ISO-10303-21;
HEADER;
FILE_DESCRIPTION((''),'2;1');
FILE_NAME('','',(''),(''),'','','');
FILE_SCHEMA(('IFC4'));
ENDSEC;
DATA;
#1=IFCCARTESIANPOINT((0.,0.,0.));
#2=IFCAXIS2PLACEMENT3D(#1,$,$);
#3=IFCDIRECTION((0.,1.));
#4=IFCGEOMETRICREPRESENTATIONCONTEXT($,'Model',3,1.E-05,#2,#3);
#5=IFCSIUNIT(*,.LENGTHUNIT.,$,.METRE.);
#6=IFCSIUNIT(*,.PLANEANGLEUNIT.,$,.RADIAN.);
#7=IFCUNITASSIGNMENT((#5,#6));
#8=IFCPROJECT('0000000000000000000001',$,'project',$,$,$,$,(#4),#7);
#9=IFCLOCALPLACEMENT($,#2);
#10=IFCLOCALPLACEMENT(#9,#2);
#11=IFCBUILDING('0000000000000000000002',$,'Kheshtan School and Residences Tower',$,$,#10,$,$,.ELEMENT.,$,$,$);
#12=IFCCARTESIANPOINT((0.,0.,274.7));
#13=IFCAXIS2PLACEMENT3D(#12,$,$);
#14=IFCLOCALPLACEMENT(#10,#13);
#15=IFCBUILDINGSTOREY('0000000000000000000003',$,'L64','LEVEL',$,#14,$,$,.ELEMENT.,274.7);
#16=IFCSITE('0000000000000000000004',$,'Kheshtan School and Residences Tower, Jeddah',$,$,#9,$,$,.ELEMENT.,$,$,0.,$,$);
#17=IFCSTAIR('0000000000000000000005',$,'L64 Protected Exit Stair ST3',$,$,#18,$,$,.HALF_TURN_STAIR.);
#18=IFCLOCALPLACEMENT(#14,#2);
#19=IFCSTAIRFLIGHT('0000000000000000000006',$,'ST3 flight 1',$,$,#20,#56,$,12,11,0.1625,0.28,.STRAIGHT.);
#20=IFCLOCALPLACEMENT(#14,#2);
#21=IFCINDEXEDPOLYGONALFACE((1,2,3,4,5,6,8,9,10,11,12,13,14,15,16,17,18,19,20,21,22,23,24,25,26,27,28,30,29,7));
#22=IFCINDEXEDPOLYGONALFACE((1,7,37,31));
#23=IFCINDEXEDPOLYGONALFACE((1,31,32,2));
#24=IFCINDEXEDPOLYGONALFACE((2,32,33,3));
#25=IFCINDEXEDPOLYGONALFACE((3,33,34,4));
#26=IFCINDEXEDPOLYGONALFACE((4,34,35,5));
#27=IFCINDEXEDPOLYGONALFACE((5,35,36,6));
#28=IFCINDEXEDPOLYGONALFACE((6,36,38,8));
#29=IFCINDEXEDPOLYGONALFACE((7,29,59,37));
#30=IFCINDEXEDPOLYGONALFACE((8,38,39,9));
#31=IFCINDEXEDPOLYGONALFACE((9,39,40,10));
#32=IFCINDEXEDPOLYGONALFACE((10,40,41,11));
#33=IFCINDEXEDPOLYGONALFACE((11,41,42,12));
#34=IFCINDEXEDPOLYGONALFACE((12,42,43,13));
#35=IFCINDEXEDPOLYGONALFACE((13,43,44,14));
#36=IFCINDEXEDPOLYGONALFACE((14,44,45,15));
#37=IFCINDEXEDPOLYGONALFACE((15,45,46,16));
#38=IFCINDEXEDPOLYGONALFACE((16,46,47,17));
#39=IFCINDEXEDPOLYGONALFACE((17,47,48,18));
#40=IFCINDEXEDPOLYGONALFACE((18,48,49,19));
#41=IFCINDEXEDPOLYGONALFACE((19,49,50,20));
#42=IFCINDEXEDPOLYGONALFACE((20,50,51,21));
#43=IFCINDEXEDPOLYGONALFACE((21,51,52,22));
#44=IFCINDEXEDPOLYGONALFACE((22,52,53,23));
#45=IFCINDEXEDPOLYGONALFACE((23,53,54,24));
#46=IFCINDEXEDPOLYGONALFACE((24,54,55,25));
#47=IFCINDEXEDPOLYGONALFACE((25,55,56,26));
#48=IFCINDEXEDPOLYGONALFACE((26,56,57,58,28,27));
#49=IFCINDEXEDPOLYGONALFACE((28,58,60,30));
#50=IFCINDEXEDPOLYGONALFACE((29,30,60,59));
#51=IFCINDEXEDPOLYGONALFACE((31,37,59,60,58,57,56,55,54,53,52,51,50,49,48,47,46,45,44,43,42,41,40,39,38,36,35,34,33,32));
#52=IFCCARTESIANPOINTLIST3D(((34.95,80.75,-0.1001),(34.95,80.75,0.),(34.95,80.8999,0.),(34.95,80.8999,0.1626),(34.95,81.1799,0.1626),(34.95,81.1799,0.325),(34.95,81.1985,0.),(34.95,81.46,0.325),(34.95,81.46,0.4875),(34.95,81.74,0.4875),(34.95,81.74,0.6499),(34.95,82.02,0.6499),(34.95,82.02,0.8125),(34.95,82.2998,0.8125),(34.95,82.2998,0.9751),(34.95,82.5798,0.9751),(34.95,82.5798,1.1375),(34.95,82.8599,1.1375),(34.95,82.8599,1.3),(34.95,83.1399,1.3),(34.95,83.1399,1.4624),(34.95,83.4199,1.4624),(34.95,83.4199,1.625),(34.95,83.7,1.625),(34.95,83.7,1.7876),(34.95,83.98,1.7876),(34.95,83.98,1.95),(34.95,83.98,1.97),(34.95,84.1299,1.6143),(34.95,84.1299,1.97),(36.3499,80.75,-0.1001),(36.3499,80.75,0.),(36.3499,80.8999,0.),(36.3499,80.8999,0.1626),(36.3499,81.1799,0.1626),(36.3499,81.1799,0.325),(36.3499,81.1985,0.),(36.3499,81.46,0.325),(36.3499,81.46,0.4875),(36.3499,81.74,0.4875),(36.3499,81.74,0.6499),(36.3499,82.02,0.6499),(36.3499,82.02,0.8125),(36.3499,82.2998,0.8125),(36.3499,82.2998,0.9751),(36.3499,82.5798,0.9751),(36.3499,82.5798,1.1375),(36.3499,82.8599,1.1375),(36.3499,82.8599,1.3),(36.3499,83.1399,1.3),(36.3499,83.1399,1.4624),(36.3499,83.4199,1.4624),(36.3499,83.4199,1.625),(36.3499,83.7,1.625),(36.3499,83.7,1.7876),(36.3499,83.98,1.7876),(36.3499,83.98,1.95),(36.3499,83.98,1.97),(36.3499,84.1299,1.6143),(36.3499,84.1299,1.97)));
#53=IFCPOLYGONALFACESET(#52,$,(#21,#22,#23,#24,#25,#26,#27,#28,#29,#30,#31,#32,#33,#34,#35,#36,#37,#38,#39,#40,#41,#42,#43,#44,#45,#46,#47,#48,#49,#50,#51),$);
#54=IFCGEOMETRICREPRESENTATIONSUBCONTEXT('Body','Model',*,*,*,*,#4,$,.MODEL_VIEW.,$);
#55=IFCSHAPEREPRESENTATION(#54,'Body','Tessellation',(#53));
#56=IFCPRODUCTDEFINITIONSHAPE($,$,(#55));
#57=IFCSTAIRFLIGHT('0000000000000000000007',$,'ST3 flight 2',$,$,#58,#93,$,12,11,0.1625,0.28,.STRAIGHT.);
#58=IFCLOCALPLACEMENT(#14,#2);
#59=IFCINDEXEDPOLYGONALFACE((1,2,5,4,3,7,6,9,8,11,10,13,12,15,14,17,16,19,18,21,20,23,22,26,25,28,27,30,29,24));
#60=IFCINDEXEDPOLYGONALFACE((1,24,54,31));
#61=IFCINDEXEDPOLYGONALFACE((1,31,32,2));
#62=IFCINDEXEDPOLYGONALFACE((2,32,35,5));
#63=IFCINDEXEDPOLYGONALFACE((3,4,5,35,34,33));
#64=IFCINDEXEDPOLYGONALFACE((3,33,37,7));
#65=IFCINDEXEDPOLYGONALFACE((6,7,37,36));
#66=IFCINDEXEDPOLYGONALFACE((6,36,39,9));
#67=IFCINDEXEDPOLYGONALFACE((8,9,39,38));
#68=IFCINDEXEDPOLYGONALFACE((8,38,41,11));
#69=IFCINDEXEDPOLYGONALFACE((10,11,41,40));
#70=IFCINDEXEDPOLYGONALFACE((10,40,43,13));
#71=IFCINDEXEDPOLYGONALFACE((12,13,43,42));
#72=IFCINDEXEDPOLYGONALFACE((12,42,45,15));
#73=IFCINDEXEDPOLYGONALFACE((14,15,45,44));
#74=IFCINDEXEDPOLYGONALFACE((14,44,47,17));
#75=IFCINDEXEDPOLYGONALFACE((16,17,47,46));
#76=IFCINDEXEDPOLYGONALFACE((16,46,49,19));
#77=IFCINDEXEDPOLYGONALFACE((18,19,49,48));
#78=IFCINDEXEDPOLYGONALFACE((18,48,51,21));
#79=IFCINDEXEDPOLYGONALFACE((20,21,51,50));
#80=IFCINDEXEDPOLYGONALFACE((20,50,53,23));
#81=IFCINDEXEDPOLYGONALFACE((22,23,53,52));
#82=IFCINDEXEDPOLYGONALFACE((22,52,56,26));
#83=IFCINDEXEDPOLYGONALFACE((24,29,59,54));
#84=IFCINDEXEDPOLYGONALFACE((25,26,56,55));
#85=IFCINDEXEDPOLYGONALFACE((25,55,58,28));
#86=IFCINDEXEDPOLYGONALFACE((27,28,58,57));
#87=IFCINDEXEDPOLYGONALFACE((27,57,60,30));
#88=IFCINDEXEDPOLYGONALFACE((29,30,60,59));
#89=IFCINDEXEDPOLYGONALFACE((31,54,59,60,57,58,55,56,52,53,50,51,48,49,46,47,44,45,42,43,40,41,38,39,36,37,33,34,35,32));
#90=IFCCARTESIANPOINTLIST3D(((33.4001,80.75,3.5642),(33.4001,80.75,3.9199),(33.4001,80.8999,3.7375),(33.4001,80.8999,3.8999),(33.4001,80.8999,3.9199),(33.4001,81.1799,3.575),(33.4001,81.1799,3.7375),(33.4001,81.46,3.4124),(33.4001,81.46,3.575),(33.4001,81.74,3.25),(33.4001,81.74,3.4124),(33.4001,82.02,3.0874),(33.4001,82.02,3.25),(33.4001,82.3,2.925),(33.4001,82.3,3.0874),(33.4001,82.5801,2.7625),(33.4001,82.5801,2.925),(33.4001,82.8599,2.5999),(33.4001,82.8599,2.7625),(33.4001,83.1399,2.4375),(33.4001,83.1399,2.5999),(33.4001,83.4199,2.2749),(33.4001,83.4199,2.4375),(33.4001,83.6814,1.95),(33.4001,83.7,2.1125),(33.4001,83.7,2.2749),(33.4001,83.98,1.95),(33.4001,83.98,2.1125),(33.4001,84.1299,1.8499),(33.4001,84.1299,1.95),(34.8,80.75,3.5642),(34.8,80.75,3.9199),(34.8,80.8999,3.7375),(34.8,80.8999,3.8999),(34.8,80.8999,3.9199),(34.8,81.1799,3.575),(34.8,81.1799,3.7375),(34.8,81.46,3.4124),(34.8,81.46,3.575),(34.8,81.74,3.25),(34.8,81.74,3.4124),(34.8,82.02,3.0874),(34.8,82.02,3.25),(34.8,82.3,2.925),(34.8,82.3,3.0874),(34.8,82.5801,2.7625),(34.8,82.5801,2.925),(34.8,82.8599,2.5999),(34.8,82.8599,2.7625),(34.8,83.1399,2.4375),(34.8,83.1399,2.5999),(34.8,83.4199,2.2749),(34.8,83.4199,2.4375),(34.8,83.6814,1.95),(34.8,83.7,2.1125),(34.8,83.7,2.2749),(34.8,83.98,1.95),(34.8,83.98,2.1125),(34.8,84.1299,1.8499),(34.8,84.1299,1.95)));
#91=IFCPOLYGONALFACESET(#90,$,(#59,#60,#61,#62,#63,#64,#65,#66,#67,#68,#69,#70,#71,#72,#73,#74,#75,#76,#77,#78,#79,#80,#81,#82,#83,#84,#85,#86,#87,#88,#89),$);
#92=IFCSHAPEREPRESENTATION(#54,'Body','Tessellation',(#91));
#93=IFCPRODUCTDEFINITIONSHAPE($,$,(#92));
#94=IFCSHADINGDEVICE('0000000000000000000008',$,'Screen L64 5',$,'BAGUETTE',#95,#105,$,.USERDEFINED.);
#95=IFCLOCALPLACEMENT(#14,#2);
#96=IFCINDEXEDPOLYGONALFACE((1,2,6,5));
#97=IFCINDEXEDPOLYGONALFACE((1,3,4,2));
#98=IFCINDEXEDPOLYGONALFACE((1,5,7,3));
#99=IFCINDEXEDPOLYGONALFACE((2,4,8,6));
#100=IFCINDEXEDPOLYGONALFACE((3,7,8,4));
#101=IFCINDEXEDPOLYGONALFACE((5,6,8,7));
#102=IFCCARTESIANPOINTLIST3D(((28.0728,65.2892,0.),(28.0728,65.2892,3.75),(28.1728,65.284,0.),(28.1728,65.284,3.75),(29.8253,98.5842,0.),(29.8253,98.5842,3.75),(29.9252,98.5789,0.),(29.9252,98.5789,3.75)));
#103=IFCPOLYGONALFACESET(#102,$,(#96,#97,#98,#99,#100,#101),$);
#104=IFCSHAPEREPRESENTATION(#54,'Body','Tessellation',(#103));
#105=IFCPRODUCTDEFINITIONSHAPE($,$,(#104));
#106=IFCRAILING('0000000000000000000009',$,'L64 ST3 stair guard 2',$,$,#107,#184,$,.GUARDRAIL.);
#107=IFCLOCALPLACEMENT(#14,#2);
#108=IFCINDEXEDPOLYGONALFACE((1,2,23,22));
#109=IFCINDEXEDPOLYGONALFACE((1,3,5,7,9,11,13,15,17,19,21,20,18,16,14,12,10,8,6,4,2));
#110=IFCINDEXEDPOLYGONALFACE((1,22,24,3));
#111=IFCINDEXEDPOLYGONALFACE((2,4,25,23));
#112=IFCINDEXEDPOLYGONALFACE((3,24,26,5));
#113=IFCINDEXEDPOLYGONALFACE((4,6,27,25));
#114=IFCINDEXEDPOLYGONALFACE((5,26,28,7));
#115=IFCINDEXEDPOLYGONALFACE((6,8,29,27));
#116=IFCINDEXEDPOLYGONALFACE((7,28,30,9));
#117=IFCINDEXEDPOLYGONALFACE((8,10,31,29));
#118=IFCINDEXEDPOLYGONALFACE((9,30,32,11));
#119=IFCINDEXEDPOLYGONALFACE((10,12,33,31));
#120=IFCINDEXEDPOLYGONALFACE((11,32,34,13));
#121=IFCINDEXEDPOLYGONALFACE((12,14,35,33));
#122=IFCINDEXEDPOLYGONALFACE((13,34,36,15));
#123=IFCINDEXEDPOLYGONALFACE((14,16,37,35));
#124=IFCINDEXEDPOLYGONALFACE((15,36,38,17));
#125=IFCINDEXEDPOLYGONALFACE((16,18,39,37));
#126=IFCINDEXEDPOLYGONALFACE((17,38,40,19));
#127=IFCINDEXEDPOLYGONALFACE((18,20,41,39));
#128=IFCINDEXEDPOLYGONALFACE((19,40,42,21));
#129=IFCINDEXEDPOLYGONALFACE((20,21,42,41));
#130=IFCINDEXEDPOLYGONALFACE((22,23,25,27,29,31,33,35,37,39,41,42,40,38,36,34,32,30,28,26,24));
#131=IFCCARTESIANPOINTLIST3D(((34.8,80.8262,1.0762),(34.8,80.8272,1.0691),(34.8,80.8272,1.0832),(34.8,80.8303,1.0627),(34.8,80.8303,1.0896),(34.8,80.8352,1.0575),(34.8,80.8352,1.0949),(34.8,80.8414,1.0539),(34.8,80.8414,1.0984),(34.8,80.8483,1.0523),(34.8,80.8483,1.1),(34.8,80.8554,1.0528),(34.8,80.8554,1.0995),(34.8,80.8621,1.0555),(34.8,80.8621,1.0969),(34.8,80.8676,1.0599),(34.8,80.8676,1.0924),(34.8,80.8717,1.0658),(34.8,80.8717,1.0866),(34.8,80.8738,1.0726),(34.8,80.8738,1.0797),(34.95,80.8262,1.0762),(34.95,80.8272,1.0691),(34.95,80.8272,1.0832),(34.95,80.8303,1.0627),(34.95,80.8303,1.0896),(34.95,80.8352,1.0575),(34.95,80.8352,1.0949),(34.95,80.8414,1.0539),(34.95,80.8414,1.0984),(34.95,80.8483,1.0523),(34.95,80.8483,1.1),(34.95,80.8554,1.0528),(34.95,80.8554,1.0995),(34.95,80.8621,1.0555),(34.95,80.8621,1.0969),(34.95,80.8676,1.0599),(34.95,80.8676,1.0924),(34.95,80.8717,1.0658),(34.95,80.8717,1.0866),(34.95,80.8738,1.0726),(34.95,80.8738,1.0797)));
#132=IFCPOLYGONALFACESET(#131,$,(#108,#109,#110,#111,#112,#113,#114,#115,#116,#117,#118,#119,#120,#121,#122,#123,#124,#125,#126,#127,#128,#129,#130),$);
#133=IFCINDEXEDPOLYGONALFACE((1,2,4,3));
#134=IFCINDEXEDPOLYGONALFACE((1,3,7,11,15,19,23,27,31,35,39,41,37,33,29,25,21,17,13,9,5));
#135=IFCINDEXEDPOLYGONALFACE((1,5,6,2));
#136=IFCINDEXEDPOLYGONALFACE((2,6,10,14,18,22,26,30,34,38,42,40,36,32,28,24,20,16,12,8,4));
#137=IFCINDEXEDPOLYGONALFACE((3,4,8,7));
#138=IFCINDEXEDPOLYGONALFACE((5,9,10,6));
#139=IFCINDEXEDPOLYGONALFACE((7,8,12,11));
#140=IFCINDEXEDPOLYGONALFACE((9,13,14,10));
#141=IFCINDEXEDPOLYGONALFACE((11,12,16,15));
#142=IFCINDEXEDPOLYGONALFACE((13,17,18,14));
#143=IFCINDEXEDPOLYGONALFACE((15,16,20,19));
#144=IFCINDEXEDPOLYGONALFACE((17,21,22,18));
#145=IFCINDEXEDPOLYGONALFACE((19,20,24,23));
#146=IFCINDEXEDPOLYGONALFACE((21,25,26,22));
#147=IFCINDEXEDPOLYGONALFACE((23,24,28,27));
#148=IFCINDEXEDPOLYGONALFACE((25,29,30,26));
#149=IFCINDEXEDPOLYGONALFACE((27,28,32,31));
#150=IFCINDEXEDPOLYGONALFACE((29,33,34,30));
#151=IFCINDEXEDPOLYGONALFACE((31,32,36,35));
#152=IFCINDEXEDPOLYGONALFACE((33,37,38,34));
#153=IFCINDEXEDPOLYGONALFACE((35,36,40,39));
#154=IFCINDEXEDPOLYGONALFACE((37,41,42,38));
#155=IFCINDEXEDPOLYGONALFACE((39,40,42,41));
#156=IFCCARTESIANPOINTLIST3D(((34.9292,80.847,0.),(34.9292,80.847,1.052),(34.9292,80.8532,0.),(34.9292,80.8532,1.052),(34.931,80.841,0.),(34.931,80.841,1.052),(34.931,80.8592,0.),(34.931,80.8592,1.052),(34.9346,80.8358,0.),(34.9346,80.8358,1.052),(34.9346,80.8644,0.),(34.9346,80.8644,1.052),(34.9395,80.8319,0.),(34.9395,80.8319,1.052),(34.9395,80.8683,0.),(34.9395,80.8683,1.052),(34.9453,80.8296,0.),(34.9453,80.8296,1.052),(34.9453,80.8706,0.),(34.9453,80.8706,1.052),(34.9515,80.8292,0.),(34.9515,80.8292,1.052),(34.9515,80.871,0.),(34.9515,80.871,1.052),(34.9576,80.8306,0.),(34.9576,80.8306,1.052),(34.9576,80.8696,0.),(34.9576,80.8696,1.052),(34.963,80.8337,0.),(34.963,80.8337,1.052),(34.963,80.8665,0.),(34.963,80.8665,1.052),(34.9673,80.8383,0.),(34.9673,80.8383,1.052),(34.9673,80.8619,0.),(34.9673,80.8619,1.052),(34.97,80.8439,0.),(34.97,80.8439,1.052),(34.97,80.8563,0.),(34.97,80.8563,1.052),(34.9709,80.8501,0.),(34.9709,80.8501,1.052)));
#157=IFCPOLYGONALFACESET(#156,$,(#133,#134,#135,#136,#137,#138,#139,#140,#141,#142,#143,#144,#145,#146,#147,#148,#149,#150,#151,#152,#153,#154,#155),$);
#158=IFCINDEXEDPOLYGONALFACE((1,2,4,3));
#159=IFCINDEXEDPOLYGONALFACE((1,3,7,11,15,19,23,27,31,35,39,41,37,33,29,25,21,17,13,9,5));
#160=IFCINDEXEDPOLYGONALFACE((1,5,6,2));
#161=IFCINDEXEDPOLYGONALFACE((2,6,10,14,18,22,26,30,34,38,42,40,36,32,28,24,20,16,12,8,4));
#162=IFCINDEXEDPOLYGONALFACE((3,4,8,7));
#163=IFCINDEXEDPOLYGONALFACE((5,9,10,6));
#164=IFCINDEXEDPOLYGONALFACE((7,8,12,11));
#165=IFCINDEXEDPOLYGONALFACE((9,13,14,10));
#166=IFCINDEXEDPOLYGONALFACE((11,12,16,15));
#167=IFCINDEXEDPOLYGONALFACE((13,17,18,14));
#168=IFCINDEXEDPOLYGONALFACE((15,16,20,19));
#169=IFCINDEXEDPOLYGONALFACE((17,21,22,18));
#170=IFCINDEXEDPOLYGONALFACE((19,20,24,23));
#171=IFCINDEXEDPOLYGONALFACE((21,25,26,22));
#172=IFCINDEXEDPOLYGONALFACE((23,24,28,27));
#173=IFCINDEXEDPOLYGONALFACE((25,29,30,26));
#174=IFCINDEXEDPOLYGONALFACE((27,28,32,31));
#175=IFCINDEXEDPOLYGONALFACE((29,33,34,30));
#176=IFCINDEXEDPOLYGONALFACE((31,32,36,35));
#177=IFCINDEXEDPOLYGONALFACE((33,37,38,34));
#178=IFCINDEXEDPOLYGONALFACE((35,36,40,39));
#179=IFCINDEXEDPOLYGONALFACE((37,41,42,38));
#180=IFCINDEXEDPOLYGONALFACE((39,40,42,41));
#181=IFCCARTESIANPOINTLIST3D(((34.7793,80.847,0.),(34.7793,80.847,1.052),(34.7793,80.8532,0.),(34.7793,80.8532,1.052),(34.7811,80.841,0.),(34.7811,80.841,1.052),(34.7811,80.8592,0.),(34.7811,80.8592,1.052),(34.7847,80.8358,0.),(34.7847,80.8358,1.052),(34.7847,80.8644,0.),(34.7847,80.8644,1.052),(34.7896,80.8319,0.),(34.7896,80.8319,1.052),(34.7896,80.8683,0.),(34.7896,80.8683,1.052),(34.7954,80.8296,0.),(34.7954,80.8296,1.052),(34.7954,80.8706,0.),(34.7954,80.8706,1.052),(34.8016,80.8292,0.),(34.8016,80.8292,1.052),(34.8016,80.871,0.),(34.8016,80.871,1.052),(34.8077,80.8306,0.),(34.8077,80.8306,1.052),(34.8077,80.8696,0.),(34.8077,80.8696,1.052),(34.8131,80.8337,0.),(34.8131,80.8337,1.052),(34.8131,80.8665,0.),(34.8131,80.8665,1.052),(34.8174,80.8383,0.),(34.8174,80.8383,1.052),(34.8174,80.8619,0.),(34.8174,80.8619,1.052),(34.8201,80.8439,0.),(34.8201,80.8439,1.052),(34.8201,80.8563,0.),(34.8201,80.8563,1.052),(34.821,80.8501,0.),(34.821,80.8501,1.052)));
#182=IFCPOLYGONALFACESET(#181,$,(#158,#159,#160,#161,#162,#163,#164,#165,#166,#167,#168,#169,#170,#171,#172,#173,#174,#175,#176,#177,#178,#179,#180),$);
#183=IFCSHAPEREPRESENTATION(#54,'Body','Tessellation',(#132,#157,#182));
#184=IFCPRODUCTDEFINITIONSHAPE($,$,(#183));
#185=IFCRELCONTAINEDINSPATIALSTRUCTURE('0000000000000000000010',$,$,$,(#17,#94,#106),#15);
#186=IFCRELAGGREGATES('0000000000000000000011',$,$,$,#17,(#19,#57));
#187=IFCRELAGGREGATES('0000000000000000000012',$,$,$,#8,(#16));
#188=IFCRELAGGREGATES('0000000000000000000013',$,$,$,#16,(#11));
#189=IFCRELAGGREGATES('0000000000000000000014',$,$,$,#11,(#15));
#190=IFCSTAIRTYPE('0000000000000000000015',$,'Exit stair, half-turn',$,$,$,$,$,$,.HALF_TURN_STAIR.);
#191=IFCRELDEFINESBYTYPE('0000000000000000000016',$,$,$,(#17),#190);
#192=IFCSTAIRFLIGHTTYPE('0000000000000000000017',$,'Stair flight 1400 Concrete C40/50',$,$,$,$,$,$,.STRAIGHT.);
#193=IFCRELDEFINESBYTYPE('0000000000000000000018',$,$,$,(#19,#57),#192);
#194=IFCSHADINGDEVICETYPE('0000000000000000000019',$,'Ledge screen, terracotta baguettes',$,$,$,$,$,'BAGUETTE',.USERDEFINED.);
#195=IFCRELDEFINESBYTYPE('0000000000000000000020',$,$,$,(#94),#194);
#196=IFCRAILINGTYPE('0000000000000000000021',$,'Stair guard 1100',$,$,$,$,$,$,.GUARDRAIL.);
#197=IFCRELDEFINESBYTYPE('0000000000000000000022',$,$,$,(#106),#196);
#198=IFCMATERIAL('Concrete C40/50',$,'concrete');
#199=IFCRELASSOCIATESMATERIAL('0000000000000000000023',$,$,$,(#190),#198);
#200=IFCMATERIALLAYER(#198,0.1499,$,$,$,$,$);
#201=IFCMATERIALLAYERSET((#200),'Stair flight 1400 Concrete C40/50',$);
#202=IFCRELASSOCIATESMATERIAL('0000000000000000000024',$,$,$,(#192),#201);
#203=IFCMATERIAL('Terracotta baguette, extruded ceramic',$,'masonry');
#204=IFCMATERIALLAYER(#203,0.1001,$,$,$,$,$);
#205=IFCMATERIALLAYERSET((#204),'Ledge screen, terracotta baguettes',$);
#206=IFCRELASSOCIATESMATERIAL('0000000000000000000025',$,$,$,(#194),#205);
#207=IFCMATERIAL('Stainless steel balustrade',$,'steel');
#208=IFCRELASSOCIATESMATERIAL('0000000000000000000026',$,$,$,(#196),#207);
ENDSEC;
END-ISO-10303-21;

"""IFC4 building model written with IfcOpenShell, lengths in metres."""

from ifc_helpers import new_model, si_unit, direction, frame, origin, origin_2d, place, context, subcontext, project, spatial, polyline, rectangle, circle, outline, extrude, material, layer, layer_set, type_object, element, aggregate, save


model = new_model("IFC4")

# Units and contexts
model_context = context("Model", 3, precision=1e-05, world=origin(), true_north=direction((0.0, 1.0)))
body_context = subcontext(model_context, "Body", "Model", "MODEL_VIEW")
ifc_project = project(units=[si_unit("LENGTHUNIT", "METRE"), si_unit("PLANEANGLEUNIT", "RADIAN")], contexts=[model_context])

# Site, building, storey
site_placement = place(None, origin())
site = spatial("IfcSite", under=ifc_project, at=site_placement, Name="Kheshtan School and Residences Tower, Jeddah", CompositionType="ELEMENT", RefElevation=0.0)
building_placement = place(site_placement, origin())
building = spatial("IfcBuilding", under=site, at=building_placement, Name="Kheshtan School and Residences Tower", CompositionType="ELEMENT")
storey_placement = place(building_placement, frame((0.0, 0.0, 274.7)))
storey = spatial("IfcBuildingStorey", under=building, at=storey_placement, Name="L64", Description="LEVEL", CompositionType="ELEMENT", Elevation=274.7)

# Shared definitions
ifc_material_1 = material(Name="Concrete C40/50", Category="concrete")

# Stair, stair flights
stair_type = type_object("IfcStairType", Name="Exit stair, half-turn", PredefinedType="HALF_TURN_STAIR", material=ifc_material_1)
stair_placement = place(storey_placement, origin())
stair = element("IfcStair", 1, at=stair_placement, inside=storey, type_object=stair_type, Name="L64 Protected Exit Stair ST3", PredefinedType="HALF_TURN_STAIR")
ifc_layer_1 = layer(ifc_material_1, 0.1499)
ifc_layer_set_1 = layer_set([ifc_layer_1], Name="Stair flight 1400 Concrete C40/50")
stair_flight_type = type_object("IfcStairFlightType", Name="Stair flight 1400 Concrete C40/50", PredefinedType="STRAIGHT", material=ifc_layer_set_1)
stair_flight_1_placement = place(storey_placement, frame((35.6499, 80.8999, 0.0), z_axis=(0.0, 0.0, 1.0), x_axis=(0.0, 1.0, 0.0)))
stair_flight_1 = element("IfcStairFlight", 2, at=stair_flight_1_placement, type_object=stair_flight_type, Name="ST3 flight 1", NumberOfRisers=12, NumberOfTreads=11, PredefinedType="STRAIGHT", RiserHeight=0.1625, TreadLength=0.28, context=body_context, shape_type="SweptSolid", body=[
    extrude(outline(polyline([(-0.1499, -0.1001), (-0.1499, 0.0), (0.0, 0.0), (0.0, 0.1626), (0.28, 0.1626), (0.28, 0.325), (0.5601, 0.325), (0.5601, 0.4875), (0.8401, 0.4875), (0.8401, 0.6499), (1.1201, 0.6499), (1.1201, 0.8125), (1.3999, 0.8125), (1.3999, 0.9751), (1.6799, 0.9751), (1.6799, 1.1375), (1.96, 1.1375), (1.96, 1.3), (2.24, 1.3), (2.24, 1.4624), (2.52, 1.4624), (2.52, 1.625), (2.8, 1.625), (2.8, 1.7876), (3.0801, 1.7876), (3.0801, 1.95), (3.0801, 1.97), (3.23, 1.97), (3.23, 1.6143), (0.2986, 0.0), (-0.1499, -0.1001)])), frame((0.0, 0.7, 0.0), z_axis=(0.0, -1.0, 0.0), x_axis=(1.0, 0.0, 0.0)), (0.0, 0.0, 1.0), 1.3999),
])
stair_flight_2_placement = place(storey_placement, frame((34.1001, 83.98, 1.95), z_axis=(0.0, 0.0, 1.0), x_axis=(0.0, -1.0, 0.0)))
stair_flight_2 = element("IfcStairFlight", 3, at=stair_flight_2_placement, type_object=stair_flight_type, Name="ST3 flight 2", NumberOfRisers=12, NumberOfTreads=11, PredefinedType="STRAIGHT", RiserHeight=0.1625, TreadLength=0.28, context=body_context, shape_type="SweptSolid", body=[
    extrude(outline(polyline([(-0.1499, -0.1001), (-0.1499, 0.0), (0.0, 0.0), (0.0, 0.1626), (0.28, 0.1626), (0.28, 0.325), (0.5601, 0.325), (0.5601, 0.4875), (0.8401, 0.4875), (0.8401, 0.6499), (1.1201, 0.6499), (1.1201, 0.8125), (1.3999, 0.8125), (1.3999, 0.9751), (1.6799, 0.9751), (1.6799, 1.1375), (1.96, 1.1375), (1.96, 1.3), (2.24, 1.3), (2.24, 1.4624), (2.52, 1.4624), (2.52, 1.625), (2.8, 1.625), (2.8, 1.7876), (3.0801, 1.7876), (3.0801, 1.95), (3.0801, 1.97), (3.23, 1.97), (3.23, 1.6143), (0.2986, 0.0), (-0.1499, -0.1001)])), frame((0.0, 0.7, 0.0), z_axis=(0.0, -1.0, 0.0), x_axis=(1.0, 0.0, 0.0)), (0.0, 0.0, 1.0), 1.3999),
])
aggregate(stair, [stair_flight_1, stair_flight_2])

# Shading device
ifc_material_2 = material(Name="Terracotta baguette, extruded ceramic", Category="masonry")
ifc_layer_2 = layer(ifc_material_2, 0.1001)
ifc_layer_set_2 = layer_set([ifc_layer_2], Name="Ledge screen, terracotta baguettes")
shading_device_type = type_object("IfcShadingDeviceType", Name="Ledge screen, terracotta baguettes", ElementType="BAGUETTE", PredefinedType="USERDEFINED", material=ifc_layer_set_2)
shading_device_placement = place(storey_placement, frame((28.999, 81.9341, 0.0), z_axis=(0.0, 0.0, 1.0), x_axis=(0.052563, 0.998618, 0.0)))
element("IfcShadingDevice", 4, at=shading_device_placement, inside=storey, type_object=shading_device_type, Name="Screen L64 5", ObjectType="BAGUETTE", PredefinedType="USERDEFINED", context=body_context, shape_type="SweptSolid", body=[
    extrude(rectangle(XDim=33.3411, YDim=0.1001, at=origin_2d()), origin(), (0.0, 0.0, 1.0), 3.75),
])

# Railing
ifc_material_3 = material(Name="Stainless steel balustrade", Category="steel")
railing_type_1 = type_object("IfcRailingType", Name="Stair guard 1100", PredefinedType="GUARDRAIL", material=ifc_material_3)
railing_1_placement = place(storey_placement, frame((34.95, 80.8501, 0.0)))
element("IfcRailing", 5, at=railing_1_placement, inside=storey, type_object=railing_type_1, Name="L64 ST3 stair guard 2", PredefinedType="GUARDRAIL", context=body_context, shape_type="SweptSolid", body=[
    extrude(circle(Radius=0.0239, at=origin_2d()), frame((0.0, 0.0, 1.0762), z_axis=(-1.0, 0.0, 0.0), x_axis=(0.0, -1.0, 0.0)), (0.0, 0.0, 1.0), 0.1499),
    extrude(circle(Radius=0.021, at=origin_2d()), origin(), (0.0, 0.0, 1.0), 1.052),
    extrude(circle(Radius=0.021, at=origin_2d()), frame((-0.1499, 0.0, 0.0)), (0.0, 0.0, 1.0), 1.052),
])

save(model, "model.ifc")
